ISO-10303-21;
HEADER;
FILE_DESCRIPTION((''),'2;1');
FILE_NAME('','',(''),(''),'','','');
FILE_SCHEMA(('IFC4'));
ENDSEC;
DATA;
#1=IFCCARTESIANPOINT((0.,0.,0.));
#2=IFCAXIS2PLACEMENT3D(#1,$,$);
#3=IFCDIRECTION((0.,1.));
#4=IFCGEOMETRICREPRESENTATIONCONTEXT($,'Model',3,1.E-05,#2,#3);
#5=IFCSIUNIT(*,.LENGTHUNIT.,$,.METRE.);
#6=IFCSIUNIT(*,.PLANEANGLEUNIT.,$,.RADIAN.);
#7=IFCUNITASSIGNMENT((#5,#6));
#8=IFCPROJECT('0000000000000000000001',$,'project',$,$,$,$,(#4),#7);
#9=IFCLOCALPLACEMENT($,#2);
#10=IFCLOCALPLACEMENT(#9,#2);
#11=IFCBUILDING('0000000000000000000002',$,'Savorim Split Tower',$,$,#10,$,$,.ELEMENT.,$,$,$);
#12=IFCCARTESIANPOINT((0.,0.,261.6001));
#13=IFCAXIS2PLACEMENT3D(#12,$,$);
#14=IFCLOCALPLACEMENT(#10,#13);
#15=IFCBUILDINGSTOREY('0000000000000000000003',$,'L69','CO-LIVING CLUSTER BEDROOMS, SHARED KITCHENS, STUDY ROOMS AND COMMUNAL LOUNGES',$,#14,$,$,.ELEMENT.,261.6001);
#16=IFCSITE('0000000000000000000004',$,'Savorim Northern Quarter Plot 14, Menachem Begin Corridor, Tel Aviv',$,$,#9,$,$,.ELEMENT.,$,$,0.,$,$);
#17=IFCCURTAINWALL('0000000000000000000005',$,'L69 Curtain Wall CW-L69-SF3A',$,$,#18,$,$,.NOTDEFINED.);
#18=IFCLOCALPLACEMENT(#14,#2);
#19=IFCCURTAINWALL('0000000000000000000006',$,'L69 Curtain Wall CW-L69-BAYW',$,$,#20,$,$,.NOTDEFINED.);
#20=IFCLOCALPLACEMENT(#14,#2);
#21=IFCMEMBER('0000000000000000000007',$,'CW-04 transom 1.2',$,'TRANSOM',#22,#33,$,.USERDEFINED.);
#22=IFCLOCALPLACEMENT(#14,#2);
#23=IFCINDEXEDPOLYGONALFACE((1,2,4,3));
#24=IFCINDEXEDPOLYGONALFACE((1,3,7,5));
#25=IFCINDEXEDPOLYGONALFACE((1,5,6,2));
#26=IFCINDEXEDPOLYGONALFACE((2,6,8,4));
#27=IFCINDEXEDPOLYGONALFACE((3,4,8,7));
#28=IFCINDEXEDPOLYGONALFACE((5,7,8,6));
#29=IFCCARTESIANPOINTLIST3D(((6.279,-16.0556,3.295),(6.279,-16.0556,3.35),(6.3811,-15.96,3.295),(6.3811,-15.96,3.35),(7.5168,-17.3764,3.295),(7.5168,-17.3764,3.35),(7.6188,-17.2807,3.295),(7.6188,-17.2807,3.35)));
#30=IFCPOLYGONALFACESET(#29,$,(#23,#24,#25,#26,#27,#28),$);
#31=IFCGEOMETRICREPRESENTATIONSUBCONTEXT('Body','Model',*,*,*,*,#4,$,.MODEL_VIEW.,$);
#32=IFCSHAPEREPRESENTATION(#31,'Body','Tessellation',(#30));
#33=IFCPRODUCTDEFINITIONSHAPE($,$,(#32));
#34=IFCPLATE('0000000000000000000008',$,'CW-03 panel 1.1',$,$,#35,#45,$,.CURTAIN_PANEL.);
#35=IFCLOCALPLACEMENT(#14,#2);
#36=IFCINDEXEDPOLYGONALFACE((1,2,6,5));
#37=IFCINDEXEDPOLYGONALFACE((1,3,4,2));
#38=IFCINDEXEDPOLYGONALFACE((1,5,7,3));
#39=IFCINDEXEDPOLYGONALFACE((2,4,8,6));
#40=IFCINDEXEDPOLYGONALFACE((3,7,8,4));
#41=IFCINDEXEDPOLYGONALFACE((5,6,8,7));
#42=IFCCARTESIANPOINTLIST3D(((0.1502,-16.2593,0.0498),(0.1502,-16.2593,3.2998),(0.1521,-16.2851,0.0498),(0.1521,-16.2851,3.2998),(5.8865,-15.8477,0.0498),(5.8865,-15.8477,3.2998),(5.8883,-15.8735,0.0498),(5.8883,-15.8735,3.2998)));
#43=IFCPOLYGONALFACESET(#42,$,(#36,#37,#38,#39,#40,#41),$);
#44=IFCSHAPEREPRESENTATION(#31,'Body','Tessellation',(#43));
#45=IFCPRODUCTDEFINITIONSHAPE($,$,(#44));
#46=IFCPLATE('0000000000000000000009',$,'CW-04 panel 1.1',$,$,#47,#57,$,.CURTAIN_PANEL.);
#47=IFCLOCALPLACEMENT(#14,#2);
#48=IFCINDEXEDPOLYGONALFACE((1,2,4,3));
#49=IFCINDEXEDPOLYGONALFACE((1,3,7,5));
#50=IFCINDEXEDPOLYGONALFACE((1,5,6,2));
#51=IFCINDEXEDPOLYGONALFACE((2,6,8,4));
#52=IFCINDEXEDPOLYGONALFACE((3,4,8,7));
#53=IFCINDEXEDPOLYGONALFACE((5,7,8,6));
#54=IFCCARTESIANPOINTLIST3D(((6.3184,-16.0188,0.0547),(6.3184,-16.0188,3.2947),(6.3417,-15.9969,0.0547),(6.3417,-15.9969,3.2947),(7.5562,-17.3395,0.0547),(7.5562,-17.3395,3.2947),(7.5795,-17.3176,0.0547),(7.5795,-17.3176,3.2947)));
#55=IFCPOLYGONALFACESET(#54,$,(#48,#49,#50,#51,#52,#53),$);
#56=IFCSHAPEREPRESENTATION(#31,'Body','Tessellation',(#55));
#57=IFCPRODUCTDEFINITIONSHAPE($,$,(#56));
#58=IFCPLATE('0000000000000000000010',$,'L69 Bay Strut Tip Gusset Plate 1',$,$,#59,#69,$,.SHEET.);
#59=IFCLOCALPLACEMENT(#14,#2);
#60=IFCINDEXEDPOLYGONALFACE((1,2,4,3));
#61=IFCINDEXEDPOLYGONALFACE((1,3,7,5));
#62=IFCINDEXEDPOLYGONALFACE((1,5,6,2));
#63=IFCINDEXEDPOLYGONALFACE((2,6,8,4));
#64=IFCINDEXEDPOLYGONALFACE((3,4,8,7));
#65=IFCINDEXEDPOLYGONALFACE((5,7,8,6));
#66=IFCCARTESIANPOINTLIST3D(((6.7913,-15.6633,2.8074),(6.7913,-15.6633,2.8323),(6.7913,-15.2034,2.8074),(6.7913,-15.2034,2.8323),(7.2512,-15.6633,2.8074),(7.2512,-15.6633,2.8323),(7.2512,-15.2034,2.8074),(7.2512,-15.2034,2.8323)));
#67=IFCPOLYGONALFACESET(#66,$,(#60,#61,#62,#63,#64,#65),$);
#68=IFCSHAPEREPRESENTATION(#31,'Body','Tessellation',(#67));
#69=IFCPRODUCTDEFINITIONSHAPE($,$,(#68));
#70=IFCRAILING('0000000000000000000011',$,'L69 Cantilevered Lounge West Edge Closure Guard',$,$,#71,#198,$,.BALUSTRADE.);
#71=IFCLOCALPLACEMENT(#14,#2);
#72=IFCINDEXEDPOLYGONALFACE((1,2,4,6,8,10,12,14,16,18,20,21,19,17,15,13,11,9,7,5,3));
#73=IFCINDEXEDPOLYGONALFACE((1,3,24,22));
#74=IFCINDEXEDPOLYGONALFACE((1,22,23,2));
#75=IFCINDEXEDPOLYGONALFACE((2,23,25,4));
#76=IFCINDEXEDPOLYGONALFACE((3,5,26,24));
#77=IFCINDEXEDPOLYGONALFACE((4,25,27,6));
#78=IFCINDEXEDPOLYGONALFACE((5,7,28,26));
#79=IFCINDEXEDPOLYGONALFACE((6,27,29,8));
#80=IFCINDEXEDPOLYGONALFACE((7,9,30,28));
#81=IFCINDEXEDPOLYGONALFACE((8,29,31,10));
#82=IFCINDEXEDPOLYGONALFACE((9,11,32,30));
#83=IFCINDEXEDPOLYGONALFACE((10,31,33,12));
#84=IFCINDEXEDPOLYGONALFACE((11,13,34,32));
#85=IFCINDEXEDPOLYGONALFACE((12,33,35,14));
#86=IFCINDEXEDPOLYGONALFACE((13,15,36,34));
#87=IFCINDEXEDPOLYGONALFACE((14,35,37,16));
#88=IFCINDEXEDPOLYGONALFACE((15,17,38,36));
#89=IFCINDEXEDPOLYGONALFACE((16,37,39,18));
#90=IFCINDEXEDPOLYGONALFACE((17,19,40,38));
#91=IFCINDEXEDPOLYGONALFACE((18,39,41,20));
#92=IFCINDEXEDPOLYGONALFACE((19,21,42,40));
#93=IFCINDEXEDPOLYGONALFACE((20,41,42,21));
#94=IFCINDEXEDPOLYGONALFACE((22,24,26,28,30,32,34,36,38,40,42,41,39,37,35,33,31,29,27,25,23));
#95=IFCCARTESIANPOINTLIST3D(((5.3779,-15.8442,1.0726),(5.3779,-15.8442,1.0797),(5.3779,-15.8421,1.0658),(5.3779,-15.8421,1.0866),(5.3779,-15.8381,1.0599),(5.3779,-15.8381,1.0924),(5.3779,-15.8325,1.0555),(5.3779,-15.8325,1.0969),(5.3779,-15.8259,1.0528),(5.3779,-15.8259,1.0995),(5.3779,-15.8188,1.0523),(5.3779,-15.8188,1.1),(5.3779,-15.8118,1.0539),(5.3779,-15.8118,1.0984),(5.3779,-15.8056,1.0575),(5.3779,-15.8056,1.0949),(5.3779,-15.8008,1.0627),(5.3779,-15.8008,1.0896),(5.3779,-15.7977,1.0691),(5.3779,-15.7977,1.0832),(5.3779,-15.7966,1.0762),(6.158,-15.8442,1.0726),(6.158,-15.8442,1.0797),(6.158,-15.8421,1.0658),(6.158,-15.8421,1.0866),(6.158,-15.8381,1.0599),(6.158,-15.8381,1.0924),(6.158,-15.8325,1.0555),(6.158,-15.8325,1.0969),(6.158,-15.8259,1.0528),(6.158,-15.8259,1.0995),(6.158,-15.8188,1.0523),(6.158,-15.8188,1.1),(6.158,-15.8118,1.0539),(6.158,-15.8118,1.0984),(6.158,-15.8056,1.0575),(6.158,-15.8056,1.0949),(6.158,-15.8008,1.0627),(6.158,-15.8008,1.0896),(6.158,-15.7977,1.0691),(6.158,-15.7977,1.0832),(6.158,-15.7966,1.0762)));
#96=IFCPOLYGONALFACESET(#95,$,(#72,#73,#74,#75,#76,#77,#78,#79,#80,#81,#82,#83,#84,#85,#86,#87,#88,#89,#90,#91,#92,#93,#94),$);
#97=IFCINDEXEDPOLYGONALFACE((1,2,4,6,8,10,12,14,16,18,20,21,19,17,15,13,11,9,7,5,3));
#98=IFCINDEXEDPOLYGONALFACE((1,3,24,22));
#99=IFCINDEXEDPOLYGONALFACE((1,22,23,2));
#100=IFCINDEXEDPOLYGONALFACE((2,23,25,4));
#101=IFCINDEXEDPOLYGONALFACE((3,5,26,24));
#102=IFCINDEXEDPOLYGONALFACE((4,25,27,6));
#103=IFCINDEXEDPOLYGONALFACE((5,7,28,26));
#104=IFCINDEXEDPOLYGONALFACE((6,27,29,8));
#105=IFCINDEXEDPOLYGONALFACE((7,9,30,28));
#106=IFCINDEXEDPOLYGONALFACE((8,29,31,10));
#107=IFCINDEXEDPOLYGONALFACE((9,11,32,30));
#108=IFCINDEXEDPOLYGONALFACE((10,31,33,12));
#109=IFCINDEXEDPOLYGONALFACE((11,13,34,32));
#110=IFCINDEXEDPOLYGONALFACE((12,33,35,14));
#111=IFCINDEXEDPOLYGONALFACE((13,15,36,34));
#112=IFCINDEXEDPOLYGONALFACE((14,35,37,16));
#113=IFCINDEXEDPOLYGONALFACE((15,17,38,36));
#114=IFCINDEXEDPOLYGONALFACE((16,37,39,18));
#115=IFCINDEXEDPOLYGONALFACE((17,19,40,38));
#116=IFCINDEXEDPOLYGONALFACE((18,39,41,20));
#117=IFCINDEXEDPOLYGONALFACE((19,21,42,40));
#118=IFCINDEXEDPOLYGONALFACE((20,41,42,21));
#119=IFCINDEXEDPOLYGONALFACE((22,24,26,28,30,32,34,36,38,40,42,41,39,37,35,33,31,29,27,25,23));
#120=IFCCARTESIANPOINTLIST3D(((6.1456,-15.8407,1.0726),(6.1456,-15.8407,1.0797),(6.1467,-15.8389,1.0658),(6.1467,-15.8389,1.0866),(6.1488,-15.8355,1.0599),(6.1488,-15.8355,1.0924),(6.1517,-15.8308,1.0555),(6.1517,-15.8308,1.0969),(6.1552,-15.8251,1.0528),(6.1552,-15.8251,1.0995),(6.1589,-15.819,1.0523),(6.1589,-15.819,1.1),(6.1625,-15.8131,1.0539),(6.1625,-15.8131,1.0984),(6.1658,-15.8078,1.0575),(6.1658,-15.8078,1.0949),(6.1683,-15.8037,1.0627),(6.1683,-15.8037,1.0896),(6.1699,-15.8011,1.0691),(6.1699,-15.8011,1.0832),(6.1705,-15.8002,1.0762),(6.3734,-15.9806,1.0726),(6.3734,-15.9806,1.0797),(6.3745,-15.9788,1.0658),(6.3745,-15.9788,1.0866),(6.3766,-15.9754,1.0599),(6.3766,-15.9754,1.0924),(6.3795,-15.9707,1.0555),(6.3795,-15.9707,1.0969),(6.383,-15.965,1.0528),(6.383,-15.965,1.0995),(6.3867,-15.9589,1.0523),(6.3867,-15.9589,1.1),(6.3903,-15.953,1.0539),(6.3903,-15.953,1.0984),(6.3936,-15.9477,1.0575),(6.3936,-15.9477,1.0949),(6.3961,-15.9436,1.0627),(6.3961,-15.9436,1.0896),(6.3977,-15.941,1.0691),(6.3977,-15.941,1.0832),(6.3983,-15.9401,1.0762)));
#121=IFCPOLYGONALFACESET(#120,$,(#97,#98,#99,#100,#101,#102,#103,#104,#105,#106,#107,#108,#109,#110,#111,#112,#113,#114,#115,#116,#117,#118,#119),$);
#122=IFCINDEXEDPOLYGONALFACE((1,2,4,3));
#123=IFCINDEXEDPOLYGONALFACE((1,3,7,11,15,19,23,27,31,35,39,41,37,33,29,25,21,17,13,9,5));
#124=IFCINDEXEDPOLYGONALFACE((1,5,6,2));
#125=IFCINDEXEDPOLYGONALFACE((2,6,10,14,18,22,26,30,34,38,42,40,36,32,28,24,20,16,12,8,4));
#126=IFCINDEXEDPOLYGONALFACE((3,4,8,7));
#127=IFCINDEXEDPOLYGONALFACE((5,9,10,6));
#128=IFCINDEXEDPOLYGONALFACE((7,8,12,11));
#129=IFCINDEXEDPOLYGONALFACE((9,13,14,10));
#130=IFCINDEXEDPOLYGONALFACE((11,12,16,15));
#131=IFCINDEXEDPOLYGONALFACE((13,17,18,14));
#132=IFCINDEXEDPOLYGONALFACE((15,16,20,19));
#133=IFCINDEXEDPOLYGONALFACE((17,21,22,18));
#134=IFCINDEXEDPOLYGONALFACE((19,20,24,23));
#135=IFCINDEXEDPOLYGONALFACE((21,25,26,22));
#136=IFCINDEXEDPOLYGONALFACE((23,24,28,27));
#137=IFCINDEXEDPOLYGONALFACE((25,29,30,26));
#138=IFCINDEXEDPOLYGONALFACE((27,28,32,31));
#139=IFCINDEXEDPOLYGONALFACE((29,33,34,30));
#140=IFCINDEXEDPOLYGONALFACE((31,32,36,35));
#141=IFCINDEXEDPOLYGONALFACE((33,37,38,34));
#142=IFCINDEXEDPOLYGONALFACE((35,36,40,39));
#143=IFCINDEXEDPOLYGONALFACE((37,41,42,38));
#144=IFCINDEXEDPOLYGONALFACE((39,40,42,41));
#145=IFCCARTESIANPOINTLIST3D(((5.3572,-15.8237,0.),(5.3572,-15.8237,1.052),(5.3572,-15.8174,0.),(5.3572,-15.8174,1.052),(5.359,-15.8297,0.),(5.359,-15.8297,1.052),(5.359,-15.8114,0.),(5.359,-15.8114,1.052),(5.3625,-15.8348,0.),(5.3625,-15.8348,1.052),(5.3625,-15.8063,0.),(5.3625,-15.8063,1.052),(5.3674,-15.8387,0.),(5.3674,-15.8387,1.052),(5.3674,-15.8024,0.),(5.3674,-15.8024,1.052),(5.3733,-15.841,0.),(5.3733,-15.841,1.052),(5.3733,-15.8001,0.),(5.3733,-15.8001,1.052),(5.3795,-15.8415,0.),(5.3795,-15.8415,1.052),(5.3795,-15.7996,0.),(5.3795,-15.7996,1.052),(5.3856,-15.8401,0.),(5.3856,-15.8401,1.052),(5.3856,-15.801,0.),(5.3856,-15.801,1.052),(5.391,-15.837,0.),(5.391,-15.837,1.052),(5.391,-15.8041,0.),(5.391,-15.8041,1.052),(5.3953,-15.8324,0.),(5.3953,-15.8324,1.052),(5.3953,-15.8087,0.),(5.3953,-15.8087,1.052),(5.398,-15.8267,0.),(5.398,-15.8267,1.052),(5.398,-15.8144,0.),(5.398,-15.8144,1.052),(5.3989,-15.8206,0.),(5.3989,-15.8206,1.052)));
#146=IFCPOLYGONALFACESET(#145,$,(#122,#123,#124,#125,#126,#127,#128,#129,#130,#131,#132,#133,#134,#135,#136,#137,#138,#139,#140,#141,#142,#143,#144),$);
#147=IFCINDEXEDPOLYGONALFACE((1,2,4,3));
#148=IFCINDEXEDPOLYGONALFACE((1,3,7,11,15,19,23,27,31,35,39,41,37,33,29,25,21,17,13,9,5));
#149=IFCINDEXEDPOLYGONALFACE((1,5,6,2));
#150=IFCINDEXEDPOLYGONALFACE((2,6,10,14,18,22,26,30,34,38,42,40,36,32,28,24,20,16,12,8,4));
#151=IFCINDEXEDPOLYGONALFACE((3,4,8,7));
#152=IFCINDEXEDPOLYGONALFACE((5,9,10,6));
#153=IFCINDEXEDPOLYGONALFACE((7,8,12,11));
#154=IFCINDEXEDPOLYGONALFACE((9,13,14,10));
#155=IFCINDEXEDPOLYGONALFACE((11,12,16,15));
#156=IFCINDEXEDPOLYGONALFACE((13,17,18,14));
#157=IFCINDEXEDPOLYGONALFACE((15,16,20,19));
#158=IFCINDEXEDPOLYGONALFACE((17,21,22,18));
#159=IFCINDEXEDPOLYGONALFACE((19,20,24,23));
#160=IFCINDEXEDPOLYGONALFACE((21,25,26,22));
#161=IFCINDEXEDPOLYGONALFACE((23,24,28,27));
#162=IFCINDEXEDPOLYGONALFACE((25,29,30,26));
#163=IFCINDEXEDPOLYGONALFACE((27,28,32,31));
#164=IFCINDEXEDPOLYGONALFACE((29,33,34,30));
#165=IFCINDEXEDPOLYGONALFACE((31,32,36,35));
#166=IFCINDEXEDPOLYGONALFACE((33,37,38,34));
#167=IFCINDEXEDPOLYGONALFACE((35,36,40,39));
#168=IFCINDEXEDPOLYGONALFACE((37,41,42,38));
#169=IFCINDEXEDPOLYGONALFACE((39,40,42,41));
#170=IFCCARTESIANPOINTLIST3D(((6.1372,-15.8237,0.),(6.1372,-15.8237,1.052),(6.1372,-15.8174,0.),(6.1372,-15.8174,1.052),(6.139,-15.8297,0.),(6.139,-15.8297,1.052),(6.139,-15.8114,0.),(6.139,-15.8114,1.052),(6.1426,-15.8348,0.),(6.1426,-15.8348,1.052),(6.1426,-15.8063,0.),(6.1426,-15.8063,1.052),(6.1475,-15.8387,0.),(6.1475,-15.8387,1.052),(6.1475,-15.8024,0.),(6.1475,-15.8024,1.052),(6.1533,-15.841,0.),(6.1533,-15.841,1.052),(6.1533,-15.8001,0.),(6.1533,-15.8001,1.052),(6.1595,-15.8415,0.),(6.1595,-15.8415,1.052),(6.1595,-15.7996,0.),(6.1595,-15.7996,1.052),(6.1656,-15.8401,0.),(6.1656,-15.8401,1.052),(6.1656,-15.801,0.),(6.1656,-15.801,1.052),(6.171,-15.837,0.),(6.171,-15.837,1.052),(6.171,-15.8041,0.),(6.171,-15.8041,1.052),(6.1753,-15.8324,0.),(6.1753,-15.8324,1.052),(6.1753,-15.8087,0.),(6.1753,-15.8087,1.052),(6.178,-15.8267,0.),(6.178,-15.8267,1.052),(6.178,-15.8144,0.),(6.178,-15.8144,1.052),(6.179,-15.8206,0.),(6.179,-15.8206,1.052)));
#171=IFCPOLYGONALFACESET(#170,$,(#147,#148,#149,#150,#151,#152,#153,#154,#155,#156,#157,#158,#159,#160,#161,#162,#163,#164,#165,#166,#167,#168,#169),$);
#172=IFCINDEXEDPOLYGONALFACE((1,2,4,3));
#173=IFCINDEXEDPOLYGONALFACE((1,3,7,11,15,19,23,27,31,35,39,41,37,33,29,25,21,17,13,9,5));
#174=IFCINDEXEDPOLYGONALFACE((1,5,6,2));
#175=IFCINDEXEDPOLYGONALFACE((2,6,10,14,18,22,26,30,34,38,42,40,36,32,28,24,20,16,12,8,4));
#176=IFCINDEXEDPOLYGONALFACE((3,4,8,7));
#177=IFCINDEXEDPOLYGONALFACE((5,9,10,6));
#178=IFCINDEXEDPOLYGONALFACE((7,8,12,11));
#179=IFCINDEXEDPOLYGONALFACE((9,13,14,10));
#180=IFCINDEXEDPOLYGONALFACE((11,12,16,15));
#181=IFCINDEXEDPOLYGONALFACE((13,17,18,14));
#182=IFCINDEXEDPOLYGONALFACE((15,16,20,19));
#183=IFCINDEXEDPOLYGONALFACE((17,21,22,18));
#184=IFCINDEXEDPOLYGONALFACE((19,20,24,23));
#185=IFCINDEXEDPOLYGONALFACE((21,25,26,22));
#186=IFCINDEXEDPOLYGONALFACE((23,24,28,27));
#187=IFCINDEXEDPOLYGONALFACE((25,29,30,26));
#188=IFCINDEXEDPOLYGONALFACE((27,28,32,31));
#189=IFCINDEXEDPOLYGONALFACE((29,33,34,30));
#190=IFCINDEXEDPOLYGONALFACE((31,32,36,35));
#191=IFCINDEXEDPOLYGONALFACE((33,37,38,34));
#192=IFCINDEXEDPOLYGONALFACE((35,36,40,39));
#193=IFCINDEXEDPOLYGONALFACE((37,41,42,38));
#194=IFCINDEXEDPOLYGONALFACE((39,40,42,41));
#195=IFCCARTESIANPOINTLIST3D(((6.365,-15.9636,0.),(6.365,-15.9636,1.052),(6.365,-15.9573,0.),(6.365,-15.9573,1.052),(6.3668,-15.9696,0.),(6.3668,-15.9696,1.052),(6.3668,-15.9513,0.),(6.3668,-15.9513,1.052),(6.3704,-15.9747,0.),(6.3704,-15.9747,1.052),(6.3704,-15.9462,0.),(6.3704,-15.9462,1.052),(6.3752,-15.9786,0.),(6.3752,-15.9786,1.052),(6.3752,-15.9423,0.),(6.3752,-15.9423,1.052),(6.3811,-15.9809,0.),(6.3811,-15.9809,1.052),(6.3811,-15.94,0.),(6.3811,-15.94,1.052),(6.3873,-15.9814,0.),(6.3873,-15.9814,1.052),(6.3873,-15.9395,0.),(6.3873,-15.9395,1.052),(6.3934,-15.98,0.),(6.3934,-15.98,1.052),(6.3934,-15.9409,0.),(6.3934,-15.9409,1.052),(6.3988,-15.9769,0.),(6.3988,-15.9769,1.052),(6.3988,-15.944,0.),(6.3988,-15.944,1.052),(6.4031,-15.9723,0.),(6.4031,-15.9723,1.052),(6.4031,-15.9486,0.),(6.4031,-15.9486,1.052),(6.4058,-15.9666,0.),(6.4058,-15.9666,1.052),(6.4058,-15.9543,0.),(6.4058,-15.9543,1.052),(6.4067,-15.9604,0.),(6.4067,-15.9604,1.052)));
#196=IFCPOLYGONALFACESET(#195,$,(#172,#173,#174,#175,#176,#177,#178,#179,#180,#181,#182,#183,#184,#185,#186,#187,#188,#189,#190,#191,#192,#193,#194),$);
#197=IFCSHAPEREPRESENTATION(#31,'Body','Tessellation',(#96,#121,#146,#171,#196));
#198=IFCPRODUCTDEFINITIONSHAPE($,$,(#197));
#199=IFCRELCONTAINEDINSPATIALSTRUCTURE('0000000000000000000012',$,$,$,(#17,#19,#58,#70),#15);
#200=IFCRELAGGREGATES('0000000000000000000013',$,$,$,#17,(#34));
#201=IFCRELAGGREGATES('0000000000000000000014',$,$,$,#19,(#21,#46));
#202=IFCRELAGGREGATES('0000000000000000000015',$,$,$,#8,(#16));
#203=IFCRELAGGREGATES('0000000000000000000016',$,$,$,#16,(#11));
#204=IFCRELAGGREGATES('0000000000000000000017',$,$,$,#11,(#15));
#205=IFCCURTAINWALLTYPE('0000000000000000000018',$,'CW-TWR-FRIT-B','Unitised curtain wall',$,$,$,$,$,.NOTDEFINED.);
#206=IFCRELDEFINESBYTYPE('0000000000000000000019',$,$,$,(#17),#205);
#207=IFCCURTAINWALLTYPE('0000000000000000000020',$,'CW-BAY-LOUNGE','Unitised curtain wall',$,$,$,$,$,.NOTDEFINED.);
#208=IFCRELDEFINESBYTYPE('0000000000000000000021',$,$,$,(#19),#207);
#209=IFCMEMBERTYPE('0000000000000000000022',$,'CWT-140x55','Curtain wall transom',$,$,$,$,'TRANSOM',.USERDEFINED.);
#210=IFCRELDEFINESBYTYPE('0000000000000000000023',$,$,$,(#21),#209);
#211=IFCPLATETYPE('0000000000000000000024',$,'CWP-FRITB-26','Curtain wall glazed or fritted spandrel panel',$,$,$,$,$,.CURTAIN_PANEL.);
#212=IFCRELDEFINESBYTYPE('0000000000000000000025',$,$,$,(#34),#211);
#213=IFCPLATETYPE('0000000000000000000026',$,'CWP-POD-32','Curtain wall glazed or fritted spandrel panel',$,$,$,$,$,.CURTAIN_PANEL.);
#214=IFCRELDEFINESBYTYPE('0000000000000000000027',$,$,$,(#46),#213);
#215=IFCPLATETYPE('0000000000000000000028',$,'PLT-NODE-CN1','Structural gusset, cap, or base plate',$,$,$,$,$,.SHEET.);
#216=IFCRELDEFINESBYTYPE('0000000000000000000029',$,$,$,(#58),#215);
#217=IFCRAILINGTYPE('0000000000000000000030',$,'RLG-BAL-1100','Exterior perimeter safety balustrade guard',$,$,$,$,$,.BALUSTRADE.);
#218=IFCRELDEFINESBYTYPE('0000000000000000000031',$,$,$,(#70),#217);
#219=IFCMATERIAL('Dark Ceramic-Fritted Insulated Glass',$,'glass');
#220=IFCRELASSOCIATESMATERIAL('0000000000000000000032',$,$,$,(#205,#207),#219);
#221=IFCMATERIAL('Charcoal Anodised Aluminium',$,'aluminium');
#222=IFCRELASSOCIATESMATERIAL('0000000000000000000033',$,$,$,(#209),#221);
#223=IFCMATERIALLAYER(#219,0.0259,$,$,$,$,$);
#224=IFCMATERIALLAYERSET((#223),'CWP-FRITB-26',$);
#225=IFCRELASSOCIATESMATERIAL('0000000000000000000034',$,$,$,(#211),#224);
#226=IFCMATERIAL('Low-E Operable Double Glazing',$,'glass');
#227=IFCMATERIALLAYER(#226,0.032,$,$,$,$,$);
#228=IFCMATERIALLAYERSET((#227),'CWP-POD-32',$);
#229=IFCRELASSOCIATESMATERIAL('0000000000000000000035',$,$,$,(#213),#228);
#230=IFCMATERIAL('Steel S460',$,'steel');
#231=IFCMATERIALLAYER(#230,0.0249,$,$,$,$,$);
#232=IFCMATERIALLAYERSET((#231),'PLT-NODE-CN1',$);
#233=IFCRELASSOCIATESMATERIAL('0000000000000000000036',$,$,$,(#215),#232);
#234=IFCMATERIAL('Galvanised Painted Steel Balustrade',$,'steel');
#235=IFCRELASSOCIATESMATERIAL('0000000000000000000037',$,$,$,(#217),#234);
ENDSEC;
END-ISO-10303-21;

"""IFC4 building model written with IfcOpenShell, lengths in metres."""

from ifc_helpers import new_model, si_unit, direction, frame, origin, origin_2d, place, context, subcontext, project, spatial, rectangle, circle, extrude, material, layer, layer_set, material_profile, profile_set, type_object, element, aggregate, save


model = new_model("IFC4")

# Units and contexts
model_context = context("Model", 3, precision=1e-05, world=origin(), true_north=direction((0.0, 1.0)))
body_context = subcontext(model_context, "Body", "Model", "MODEL_VIEW")
ifc_project = project(units=[si_unit("LENGTHUNIT", "METRE"), si_unit("PLANEANGLEUNIT", "RADIAN")], contexts=[model_context])

# Site, building, storey
site_placement = place(None, origin())
site = spatial("IfcSite", under=ifc_project, at=site_placement, Name="Savorim Northern Quarter Plot 14, Menachem Begin Corridor, Tel Aviv", CompositionType="ELEMENT", RefElevation=0.0)
building_placement = place(site_placement, origin())
building = spatial("IfcBuilding", under=site, at=building_placement, Name="Savorim Split Tower", CompositionType="ELEMENT")
storey_placement = place(building_placement, frame((0.0, 0.0, 261.6001)))
storey = spatial("IfcBuildingStorey", under=building, at=storey_placement, Name="L69", Description="CO-LIVING CLUSTER BEDROOMS, SHARED KITCHENS, STUDY ROOMS AND COMMUNAL LOUNGES", CompositionType="ELEMENT", Elevation=261.6001)

# Curtain wall
ifc_material_1 = material(Name="Dark Ceramic-Fritted Insulated Glass", Category="glass")
curtain_wall_type_1 = type_object("IfcCurtainWallType", Name="CW-TWR-FRIT-B", Description="Unitised curtain wall", PredefinedType="NOTDEFINED", material=ifc_material_1)
curtain_wall_1_placement = place(storey_placement, origin())
curtain_wall_1 = element("IfcCurtainWall", 1, at=curtain_wall_1_placement, inside=storey, type_object=curtain_wall_type_1, Name="L69 Curtain Wall CW-L69-SF3A", PredefinedType="NOTDEFINED")
ifc_material_2 = material(Name="Charcoal Anodised Aluminium", Category="aluminium")

# Shared definitions
curtain_wall_type_2 = type_object("IfcCurtainWallType", Name="CW-BAY-LOUNGE", Description="Unitised curtain wall", PredefinedType="NOTDEFINED", material=ifc_material_1)

# Curtain wall
curtain_wall_2_placement = place(storey_placement, origin())
curtain_wall_2 = element("IfcCurtainWall", 2, at=curtain_wall_2_placement, inside=storey, type_object=curtain_wall_type_2, Name="L69 Curtain Wall CW-L69-BAYW", PredefinedType="NOTDEFINED")

# Member
ifc_material_profile_1 = material_profile(ifc_material_2, rectangle(XDim=0.1399, YDim=0.0549, at=origin_2d()), Name="ALU-T 140x55")
ifc_profile_set_1 = profile_set([ifc_material_profile_1], Name="Charcoal Anodised Aluminium")
member_type_1 = type_object("IfcMemberType", Name="CWT-140x55", Description="Curtain wall transom", ElementType="TRANSOM", PredefinedType="USERDEFINED", material=ifc_profile_set_1)
member_1_placement = place(storey_placement, frame((6.3301, -16.0078, 3.3225), z_axis=(0.683807, -0.729663, 0.0), x_axis=(0.729663, 0.683807, 0.0)))
member_1 = element("IfcMember", 3, at=member_1_placement, type_object=member_type_1, Name="CW-04 transom 1.2", ObjectType="TRANSOM", PredefinedType="USERDEFINED", context=body_context, shape_type="SweptSolid", body=[
    extrude(rectangle(XDim=0.1399, YDim=0.0549, at=origin_2d()), origin(), (0.0, 0.0, 1.0), 1.8101),
])

# Plates
ifc_layer_1 = layer(ifc_material_1, 0.0259)
ifc_layer_set_1 = layer_set([ifc_layer_1], Name="CWP-FRITB-26")
plate_type_1 = type_object("IfcPlateType", Name="CWP-FRITB-26", Description="Curtain wall glazed or fritted spandrel panel", PredefinedType="CURTAIN_PANEL", material=ifc_layer_set_1)
plate_1_placement = place(storey_placement, frame((3.0193, -16.0664, 0.0498), z_axis=(0.0, 0.0, 1.0), x_axis=(0.997435, 0.071571, 0.0)))
plate_1 = element("IfcPlate", 4, at=plate_1_placement, type_object=plate_type_1, Name="CW-03 panel 1.1", PredefinedType="CURTAIN_PANEL", context=body_context, shape_type="SweptSolid", body=[
    extrude(rectangle(XDim=5.751, YDim=0.0259, at=origin_2d()), origin(), (0.0, 0.0, 1.0), 3.25),
])
aggregate(curtain_wall_1, [plate_1])
ifc_material_3 = material(Name="Low-E Operable Double Glazing", Category="glass")
ifc_layer_2 = layer(ifc_material_3, 0.032)
ifc_layer_set_2 = layer_set([ifc_layer_2], Name="CWP-POD-32")
plate_type_2 = type_object("IfcPlateType", Name="CWP-POD-32", Description="Curtain wall glazed or fritted spandrel panel", PredefinedType="CURTAIN_PANEL", material=ifc_layer_set_2)
plate_2_placement = place(storey_placement, frame((6.949, -16.6682, 0.0547), z_axis=(0.0, 0.0, 1.0), x_axis=(0.68385, -0.729622, 0.0)))
plate_2 = element("IfcPlate", 5, at=plate_2_placement, type_object=plate_type_2, Name="CW-04 panel 1.1", PredefinedType="CURTAIN_PANEL", context=body_context, shape_type="SweptSolid", body=[
    extrude(rectangle(XDim=1.8101, YDim=0.032, at=origin_2d()), origin(), (0.0, 0.0, 1.0), 3.24),
])
aggregate(curtain_wall_2, [member_1, plate_2])
ifc_material_4 = material(Name="Steel S460", Category="steel")
ifc_layer_3 = layer(ifc_material_4, 0.0249)
ifc_layer_set_3 = layer_set([ifc_layer_3], Name="PLT-NODE-CN1")
plate_type_3 = type_object("IfcPlateType", Name="PLT-NODE-CN1", Description="Structural gusset, cap, or base plate", PredefinedType="SHEET", material=ifc_layer_set_3)
plate_3_placement = place(storey_placement, frame((7.0212, -15.4333, 2.8074), z_axis=(0.0, 0.0, 1.0), x_axis=(1.0, 0.0, 0.0)))
element("IfcPlate", 6, at=plate_3_placement, inside=storey, type_object=plate_type_3, Name="L69 Bay Strut Tip Gusset Plate 1", PredefinedType="SHEET", context=body_context, shape_type="SweptSolid", body=[
    extrude(rectangle(XDim=0.46, YDim=0.46, at=origin_2d()), origin(), (0.0, 0.0, 1.0), 0.0249),
])

# Railing
ifc_material_5 = material(Name="Galvanised Painted Steel Balustrade", Category="steel")
railing_type = type_object("IfcRailingType", Name="RLG-BAL-1100", Description="Exterior perimeter safety balustrade guard", PredefinedType="BALUSTRADE", material=ifc_material_5)
railing_placement = place(storey_placement, frame((5.3779, -15.8206, 0.0)))
element("IfcRailing", 7, at=railing_placement, inside=storey, type_object=railing_type, Name="L69 Cantilevered Lounge West Edge Closure Guard", PredefinedType="BALUSTRADE", context=body_context, shape_type="SweptSolid", body=[
    extrude(circle(Radius=0.0239, at=origin_2d()), frame((0.0, 0.0, 1.0762), z_axis=(1.0, 0.0, 0.0), x_axis=(0.0, 1.0, 0.0)), (0.0, 0.0, 1.0), 0.78),
    extrude(circle(Radius=0.0239, at=origin_2d()), frame((0.78, 0.0, 1.0762), z_axis=(0.852128, -0.523333, 0.0), x_axis=(0.523333, 0.852128, 0.0)), (0.0, 0.0, 1.0), 0.2673),
    extrude(circle(Radius=0.021, at=origin_2d()), origin(), (0.0, 0.0, 1.0), 1.052),
    extrude(circle(Radius=0.021, at=origin_2d()), frame((0.78, 0.0, 0.0)), (0.0, 0.0, 1.0), 1.052),
    extrude(circle(Radius=0.021, at=origin_2d()), frame((1.0078, -0.1399, 0.0)), (0.0, 0.0, 1.0), 1.052),
])

save(model, "model.ifc")
